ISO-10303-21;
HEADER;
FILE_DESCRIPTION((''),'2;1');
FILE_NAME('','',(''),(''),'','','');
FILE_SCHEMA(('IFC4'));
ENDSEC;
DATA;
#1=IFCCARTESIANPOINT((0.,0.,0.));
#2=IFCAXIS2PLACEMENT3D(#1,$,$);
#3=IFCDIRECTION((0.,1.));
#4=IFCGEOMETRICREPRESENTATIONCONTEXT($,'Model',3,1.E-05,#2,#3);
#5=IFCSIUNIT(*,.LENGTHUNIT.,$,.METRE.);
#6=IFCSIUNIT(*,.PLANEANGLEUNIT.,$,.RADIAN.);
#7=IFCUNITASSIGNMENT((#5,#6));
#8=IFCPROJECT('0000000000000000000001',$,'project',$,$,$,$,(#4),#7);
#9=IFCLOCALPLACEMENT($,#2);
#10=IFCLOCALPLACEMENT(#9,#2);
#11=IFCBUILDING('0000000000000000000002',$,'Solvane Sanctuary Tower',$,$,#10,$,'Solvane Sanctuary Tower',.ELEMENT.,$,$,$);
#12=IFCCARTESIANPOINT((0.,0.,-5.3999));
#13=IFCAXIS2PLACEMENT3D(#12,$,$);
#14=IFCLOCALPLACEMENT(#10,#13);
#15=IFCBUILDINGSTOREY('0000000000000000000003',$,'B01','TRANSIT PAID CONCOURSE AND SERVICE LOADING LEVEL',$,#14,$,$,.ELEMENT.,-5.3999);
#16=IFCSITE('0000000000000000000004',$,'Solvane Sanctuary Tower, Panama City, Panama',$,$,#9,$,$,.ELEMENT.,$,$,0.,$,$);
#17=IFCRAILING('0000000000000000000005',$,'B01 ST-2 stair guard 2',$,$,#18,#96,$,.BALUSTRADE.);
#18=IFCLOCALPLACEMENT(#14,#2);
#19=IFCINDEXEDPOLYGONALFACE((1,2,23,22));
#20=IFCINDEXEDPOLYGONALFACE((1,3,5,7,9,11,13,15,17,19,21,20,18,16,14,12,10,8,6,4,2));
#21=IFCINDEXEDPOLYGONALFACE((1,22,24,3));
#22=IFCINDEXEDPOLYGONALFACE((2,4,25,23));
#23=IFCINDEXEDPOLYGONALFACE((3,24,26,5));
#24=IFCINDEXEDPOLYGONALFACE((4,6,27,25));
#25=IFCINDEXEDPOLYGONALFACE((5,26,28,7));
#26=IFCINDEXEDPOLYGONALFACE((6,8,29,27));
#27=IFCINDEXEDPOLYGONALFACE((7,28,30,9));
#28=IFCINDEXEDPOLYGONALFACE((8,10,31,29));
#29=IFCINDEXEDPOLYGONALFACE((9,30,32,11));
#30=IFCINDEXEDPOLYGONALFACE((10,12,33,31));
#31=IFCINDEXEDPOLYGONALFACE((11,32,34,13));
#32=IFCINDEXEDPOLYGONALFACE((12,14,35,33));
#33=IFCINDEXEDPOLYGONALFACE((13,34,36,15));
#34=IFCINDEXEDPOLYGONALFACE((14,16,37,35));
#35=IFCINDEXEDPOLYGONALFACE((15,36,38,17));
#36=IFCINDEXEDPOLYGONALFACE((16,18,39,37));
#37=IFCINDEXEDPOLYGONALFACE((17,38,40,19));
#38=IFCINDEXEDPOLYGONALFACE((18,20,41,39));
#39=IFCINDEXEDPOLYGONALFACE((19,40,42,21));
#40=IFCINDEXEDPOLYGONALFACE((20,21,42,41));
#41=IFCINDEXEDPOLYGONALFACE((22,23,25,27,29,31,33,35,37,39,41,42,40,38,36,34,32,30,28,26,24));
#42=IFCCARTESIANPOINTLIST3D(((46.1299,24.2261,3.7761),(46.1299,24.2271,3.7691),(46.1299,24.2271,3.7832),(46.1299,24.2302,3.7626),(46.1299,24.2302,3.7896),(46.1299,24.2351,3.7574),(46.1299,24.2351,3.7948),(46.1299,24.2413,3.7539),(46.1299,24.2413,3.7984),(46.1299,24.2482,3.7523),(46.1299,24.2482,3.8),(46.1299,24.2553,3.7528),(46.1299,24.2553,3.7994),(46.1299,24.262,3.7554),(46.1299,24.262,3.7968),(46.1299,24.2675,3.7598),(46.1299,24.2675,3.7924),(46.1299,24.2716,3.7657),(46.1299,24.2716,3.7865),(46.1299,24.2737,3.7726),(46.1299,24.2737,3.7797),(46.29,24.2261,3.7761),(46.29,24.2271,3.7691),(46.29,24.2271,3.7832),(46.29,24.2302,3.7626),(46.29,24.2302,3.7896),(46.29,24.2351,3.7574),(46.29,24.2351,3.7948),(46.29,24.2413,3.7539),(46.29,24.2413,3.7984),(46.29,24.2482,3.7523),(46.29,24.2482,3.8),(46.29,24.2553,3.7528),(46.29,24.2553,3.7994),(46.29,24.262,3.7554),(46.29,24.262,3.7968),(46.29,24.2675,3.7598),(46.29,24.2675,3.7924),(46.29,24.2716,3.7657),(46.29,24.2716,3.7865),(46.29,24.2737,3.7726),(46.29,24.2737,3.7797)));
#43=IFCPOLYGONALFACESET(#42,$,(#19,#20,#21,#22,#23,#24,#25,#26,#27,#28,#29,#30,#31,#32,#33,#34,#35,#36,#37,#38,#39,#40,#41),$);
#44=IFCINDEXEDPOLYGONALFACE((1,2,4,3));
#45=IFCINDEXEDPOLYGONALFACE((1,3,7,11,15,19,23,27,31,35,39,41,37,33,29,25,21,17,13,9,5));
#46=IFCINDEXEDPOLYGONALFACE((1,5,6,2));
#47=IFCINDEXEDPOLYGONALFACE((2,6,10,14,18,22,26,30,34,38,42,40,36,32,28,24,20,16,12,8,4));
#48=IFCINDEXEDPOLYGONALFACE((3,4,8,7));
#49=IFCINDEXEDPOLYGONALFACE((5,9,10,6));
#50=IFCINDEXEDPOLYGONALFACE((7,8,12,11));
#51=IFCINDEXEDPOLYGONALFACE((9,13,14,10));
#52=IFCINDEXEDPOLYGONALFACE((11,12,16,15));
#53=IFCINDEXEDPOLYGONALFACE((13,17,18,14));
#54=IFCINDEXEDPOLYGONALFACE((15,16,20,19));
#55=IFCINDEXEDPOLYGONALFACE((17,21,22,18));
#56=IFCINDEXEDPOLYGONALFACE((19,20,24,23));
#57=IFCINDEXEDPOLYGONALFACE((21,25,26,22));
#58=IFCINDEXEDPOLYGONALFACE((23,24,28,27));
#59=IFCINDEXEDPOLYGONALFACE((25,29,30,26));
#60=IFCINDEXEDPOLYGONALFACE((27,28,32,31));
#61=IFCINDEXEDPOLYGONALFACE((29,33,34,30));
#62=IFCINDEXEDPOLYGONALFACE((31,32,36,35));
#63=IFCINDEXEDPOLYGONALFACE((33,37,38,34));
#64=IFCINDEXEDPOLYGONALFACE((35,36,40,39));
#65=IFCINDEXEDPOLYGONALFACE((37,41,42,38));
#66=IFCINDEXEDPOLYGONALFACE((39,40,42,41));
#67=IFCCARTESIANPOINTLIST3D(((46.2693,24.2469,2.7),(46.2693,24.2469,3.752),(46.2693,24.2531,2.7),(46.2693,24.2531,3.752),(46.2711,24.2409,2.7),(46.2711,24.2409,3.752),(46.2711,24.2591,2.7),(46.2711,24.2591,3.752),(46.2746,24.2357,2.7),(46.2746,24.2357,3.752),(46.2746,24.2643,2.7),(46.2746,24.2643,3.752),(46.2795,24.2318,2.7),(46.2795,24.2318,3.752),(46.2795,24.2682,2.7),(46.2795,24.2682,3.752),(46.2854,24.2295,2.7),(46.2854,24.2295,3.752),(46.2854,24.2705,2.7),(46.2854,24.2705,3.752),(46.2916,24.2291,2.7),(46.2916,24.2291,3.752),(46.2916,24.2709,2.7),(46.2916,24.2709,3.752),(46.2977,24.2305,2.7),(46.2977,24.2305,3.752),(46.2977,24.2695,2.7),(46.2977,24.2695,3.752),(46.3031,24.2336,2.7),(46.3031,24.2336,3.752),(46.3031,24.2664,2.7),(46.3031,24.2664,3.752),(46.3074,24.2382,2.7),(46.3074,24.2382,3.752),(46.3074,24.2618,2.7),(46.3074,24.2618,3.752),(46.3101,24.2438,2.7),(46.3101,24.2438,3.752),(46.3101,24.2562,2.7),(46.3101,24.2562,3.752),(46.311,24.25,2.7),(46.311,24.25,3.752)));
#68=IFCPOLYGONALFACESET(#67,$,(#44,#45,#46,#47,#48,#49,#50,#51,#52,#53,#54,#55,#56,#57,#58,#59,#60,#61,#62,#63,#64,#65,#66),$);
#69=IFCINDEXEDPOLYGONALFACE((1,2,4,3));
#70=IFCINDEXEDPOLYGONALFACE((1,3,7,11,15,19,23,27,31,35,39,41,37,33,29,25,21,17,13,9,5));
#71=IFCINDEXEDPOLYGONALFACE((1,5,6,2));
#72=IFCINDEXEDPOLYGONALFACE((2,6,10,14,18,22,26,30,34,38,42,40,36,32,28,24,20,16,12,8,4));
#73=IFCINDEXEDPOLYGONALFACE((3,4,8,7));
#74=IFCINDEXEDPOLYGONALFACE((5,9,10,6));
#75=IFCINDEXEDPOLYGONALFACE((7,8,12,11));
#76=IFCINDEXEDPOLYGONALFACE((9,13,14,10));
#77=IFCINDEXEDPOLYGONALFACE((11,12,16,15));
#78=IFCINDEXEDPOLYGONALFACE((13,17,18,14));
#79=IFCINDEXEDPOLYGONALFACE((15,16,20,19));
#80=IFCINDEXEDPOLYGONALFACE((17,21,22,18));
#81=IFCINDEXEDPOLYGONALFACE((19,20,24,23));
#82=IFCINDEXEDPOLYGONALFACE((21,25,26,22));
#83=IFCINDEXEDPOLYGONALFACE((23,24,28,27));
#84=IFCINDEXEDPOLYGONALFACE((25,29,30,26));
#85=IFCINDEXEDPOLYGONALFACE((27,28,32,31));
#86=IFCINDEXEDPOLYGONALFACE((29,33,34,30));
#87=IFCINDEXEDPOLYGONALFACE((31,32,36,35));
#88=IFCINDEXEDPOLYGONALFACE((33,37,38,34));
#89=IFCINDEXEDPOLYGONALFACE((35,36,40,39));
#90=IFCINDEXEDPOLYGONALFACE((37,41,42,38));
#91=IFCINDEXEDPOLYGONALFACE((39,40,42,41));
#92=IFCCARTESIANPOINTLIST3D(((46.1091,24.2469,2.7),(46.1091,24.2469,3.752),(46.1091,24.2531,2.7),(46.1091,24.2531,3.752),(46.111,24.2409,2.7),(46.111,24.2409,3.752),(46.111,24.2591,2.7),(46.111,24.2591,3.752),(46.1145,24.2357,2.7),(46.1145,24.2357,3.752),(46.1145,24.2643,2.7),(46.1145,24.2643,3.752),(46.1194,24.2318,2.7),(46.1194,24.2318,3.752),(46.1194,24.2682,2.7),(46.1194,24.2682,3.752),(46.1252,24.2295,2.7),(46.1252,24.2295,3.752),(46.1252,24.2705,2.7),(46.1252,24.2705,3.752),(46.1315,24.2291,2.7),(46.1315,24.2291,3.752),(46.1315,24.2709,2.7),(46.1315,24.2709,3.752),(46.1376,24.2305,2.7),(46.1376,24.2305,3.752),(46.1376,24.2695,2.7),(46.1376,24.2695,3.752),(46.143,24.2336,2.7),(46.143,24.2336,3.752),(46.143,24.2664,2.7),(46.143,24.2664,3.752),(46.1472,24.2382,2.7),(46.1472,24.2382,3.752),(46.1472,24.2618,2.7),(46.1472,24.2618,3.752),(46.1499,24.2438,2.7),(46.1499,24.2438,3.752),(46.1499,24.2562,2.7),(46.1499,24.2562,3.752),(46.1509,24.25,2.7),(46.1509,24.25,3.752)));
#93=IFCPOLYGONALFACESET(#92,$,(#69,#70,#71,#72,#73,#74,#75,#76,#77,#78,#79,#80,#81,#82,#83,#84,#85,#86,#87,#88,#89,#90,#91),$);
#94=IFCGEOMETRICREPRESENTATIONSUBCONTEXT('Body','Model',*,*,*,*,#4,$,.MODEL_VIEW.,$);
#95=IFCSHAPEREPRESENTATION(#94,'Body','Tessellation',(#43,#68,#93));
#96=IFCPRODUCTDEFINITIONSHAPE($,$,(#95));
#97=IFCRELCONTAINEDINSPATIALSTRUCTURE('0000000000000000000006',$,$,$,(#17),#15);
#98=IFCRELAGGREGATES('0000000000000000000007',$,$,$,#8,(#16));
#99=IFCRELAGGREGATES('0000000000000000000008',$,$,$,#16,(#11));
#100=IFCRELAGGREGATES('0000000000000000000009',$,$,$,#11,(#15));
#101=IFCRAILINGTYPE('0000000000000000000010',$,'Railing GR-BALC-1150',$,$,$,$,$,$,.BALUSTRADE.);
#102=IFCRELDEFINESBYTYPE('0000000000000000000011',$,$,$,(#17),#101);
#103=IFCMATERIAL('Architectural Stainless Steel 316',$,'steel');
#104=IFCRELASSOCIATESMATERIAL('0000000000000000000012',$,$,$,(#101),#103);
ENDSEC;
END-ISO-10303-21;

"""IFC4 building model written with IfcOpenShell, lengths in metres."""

from ifc_helpers import new_model, si_unit, direction, frame, origin, origin_2d, place, context, subcontext, project, spatial, circle, extrude, material, type_object, element, save


model = new_model("IFC4")

# Units and contexts
model_context = context("Model", 3, precision=1e-05, world=origin(), true_north=direction((0.0, 1.0)))
body_context = subcontext(model_context, "Body", "Model", "MODEL_VIEW")
ifc_project = project(units=[si_unit("LENGTHUNIT", "METRE"), si_unit("PLANEANGLEUNIT", "RADIAN")], contexts=[model_context])

# Site, building, storey
site_placement = place(None, origin())
site = spatial("IfcSite", under=ifc_project, at=site_placement, Name="Solvane Sanctuary Tower, Panama City, Panama", CompositionType="ELEMENT", RefElevation=0.0)
building_placement = place(site_placement, origin())
building = spatial("IfcBuilding", under=site, at=building_placement, Name="Solvane Sanctuary Tower", LongName="Solvane Sanctuary Tower", CompositionType="ELEMENT")
storey_placement = place(building_placement, frame((0.0, 0.0, -5.3999)))
storey = spatial("IfcBuildingStorey", under=building, at=storey_placement, Name="B01", Description="TRANSIT PAID CONCOURSE AND SERVICE LOADING LEVEL", CompositionType="ELEMENT", Elevation=-5.3999)

# Shared definitions
ifc_material_1 = material(Name="Architectural Stainless Steel 316", Category="steel")

# Railing
railing_type_1 = type_object("IfcRailingType", Name="Railing GR-BALC-1150", PredefinedType="BALUSTRADE", material=ifc_material_1)
railing_1_placement = place(storey_placement, frame((46.29, 24.25, 2.7)))
element("IfcRailing", 1, at=railing_1_placement, inside=storey, type_object=railing_type_1, Name="B01 ST-2 stair guard 2", PredefinedType="BALUSTRADE", context=body_context, shape_type="SweptSolid", body=[
    extrude(circle(Radius=0.0239, at=origin_2d()), frame((0.0, 0.0, 1.0762), z_axis=(-1.0, 0.0, 0.0), x_axis=(0.0, -1.0, 0.0)), (0.0, 0.0, 1.0), 0.1602),
    extrude(circle(Radius=0.021, at=origin_2d()), origin(), (0.0, 0.0, 1.0), 1.052),
    extrude(circle(Radius=0.021, at=origin_2d()), frame((-0.1602, 0.0, 0.0)), (0.0, 0.0, 1.0), 1.052),
])

save(model, "model.ifc")
